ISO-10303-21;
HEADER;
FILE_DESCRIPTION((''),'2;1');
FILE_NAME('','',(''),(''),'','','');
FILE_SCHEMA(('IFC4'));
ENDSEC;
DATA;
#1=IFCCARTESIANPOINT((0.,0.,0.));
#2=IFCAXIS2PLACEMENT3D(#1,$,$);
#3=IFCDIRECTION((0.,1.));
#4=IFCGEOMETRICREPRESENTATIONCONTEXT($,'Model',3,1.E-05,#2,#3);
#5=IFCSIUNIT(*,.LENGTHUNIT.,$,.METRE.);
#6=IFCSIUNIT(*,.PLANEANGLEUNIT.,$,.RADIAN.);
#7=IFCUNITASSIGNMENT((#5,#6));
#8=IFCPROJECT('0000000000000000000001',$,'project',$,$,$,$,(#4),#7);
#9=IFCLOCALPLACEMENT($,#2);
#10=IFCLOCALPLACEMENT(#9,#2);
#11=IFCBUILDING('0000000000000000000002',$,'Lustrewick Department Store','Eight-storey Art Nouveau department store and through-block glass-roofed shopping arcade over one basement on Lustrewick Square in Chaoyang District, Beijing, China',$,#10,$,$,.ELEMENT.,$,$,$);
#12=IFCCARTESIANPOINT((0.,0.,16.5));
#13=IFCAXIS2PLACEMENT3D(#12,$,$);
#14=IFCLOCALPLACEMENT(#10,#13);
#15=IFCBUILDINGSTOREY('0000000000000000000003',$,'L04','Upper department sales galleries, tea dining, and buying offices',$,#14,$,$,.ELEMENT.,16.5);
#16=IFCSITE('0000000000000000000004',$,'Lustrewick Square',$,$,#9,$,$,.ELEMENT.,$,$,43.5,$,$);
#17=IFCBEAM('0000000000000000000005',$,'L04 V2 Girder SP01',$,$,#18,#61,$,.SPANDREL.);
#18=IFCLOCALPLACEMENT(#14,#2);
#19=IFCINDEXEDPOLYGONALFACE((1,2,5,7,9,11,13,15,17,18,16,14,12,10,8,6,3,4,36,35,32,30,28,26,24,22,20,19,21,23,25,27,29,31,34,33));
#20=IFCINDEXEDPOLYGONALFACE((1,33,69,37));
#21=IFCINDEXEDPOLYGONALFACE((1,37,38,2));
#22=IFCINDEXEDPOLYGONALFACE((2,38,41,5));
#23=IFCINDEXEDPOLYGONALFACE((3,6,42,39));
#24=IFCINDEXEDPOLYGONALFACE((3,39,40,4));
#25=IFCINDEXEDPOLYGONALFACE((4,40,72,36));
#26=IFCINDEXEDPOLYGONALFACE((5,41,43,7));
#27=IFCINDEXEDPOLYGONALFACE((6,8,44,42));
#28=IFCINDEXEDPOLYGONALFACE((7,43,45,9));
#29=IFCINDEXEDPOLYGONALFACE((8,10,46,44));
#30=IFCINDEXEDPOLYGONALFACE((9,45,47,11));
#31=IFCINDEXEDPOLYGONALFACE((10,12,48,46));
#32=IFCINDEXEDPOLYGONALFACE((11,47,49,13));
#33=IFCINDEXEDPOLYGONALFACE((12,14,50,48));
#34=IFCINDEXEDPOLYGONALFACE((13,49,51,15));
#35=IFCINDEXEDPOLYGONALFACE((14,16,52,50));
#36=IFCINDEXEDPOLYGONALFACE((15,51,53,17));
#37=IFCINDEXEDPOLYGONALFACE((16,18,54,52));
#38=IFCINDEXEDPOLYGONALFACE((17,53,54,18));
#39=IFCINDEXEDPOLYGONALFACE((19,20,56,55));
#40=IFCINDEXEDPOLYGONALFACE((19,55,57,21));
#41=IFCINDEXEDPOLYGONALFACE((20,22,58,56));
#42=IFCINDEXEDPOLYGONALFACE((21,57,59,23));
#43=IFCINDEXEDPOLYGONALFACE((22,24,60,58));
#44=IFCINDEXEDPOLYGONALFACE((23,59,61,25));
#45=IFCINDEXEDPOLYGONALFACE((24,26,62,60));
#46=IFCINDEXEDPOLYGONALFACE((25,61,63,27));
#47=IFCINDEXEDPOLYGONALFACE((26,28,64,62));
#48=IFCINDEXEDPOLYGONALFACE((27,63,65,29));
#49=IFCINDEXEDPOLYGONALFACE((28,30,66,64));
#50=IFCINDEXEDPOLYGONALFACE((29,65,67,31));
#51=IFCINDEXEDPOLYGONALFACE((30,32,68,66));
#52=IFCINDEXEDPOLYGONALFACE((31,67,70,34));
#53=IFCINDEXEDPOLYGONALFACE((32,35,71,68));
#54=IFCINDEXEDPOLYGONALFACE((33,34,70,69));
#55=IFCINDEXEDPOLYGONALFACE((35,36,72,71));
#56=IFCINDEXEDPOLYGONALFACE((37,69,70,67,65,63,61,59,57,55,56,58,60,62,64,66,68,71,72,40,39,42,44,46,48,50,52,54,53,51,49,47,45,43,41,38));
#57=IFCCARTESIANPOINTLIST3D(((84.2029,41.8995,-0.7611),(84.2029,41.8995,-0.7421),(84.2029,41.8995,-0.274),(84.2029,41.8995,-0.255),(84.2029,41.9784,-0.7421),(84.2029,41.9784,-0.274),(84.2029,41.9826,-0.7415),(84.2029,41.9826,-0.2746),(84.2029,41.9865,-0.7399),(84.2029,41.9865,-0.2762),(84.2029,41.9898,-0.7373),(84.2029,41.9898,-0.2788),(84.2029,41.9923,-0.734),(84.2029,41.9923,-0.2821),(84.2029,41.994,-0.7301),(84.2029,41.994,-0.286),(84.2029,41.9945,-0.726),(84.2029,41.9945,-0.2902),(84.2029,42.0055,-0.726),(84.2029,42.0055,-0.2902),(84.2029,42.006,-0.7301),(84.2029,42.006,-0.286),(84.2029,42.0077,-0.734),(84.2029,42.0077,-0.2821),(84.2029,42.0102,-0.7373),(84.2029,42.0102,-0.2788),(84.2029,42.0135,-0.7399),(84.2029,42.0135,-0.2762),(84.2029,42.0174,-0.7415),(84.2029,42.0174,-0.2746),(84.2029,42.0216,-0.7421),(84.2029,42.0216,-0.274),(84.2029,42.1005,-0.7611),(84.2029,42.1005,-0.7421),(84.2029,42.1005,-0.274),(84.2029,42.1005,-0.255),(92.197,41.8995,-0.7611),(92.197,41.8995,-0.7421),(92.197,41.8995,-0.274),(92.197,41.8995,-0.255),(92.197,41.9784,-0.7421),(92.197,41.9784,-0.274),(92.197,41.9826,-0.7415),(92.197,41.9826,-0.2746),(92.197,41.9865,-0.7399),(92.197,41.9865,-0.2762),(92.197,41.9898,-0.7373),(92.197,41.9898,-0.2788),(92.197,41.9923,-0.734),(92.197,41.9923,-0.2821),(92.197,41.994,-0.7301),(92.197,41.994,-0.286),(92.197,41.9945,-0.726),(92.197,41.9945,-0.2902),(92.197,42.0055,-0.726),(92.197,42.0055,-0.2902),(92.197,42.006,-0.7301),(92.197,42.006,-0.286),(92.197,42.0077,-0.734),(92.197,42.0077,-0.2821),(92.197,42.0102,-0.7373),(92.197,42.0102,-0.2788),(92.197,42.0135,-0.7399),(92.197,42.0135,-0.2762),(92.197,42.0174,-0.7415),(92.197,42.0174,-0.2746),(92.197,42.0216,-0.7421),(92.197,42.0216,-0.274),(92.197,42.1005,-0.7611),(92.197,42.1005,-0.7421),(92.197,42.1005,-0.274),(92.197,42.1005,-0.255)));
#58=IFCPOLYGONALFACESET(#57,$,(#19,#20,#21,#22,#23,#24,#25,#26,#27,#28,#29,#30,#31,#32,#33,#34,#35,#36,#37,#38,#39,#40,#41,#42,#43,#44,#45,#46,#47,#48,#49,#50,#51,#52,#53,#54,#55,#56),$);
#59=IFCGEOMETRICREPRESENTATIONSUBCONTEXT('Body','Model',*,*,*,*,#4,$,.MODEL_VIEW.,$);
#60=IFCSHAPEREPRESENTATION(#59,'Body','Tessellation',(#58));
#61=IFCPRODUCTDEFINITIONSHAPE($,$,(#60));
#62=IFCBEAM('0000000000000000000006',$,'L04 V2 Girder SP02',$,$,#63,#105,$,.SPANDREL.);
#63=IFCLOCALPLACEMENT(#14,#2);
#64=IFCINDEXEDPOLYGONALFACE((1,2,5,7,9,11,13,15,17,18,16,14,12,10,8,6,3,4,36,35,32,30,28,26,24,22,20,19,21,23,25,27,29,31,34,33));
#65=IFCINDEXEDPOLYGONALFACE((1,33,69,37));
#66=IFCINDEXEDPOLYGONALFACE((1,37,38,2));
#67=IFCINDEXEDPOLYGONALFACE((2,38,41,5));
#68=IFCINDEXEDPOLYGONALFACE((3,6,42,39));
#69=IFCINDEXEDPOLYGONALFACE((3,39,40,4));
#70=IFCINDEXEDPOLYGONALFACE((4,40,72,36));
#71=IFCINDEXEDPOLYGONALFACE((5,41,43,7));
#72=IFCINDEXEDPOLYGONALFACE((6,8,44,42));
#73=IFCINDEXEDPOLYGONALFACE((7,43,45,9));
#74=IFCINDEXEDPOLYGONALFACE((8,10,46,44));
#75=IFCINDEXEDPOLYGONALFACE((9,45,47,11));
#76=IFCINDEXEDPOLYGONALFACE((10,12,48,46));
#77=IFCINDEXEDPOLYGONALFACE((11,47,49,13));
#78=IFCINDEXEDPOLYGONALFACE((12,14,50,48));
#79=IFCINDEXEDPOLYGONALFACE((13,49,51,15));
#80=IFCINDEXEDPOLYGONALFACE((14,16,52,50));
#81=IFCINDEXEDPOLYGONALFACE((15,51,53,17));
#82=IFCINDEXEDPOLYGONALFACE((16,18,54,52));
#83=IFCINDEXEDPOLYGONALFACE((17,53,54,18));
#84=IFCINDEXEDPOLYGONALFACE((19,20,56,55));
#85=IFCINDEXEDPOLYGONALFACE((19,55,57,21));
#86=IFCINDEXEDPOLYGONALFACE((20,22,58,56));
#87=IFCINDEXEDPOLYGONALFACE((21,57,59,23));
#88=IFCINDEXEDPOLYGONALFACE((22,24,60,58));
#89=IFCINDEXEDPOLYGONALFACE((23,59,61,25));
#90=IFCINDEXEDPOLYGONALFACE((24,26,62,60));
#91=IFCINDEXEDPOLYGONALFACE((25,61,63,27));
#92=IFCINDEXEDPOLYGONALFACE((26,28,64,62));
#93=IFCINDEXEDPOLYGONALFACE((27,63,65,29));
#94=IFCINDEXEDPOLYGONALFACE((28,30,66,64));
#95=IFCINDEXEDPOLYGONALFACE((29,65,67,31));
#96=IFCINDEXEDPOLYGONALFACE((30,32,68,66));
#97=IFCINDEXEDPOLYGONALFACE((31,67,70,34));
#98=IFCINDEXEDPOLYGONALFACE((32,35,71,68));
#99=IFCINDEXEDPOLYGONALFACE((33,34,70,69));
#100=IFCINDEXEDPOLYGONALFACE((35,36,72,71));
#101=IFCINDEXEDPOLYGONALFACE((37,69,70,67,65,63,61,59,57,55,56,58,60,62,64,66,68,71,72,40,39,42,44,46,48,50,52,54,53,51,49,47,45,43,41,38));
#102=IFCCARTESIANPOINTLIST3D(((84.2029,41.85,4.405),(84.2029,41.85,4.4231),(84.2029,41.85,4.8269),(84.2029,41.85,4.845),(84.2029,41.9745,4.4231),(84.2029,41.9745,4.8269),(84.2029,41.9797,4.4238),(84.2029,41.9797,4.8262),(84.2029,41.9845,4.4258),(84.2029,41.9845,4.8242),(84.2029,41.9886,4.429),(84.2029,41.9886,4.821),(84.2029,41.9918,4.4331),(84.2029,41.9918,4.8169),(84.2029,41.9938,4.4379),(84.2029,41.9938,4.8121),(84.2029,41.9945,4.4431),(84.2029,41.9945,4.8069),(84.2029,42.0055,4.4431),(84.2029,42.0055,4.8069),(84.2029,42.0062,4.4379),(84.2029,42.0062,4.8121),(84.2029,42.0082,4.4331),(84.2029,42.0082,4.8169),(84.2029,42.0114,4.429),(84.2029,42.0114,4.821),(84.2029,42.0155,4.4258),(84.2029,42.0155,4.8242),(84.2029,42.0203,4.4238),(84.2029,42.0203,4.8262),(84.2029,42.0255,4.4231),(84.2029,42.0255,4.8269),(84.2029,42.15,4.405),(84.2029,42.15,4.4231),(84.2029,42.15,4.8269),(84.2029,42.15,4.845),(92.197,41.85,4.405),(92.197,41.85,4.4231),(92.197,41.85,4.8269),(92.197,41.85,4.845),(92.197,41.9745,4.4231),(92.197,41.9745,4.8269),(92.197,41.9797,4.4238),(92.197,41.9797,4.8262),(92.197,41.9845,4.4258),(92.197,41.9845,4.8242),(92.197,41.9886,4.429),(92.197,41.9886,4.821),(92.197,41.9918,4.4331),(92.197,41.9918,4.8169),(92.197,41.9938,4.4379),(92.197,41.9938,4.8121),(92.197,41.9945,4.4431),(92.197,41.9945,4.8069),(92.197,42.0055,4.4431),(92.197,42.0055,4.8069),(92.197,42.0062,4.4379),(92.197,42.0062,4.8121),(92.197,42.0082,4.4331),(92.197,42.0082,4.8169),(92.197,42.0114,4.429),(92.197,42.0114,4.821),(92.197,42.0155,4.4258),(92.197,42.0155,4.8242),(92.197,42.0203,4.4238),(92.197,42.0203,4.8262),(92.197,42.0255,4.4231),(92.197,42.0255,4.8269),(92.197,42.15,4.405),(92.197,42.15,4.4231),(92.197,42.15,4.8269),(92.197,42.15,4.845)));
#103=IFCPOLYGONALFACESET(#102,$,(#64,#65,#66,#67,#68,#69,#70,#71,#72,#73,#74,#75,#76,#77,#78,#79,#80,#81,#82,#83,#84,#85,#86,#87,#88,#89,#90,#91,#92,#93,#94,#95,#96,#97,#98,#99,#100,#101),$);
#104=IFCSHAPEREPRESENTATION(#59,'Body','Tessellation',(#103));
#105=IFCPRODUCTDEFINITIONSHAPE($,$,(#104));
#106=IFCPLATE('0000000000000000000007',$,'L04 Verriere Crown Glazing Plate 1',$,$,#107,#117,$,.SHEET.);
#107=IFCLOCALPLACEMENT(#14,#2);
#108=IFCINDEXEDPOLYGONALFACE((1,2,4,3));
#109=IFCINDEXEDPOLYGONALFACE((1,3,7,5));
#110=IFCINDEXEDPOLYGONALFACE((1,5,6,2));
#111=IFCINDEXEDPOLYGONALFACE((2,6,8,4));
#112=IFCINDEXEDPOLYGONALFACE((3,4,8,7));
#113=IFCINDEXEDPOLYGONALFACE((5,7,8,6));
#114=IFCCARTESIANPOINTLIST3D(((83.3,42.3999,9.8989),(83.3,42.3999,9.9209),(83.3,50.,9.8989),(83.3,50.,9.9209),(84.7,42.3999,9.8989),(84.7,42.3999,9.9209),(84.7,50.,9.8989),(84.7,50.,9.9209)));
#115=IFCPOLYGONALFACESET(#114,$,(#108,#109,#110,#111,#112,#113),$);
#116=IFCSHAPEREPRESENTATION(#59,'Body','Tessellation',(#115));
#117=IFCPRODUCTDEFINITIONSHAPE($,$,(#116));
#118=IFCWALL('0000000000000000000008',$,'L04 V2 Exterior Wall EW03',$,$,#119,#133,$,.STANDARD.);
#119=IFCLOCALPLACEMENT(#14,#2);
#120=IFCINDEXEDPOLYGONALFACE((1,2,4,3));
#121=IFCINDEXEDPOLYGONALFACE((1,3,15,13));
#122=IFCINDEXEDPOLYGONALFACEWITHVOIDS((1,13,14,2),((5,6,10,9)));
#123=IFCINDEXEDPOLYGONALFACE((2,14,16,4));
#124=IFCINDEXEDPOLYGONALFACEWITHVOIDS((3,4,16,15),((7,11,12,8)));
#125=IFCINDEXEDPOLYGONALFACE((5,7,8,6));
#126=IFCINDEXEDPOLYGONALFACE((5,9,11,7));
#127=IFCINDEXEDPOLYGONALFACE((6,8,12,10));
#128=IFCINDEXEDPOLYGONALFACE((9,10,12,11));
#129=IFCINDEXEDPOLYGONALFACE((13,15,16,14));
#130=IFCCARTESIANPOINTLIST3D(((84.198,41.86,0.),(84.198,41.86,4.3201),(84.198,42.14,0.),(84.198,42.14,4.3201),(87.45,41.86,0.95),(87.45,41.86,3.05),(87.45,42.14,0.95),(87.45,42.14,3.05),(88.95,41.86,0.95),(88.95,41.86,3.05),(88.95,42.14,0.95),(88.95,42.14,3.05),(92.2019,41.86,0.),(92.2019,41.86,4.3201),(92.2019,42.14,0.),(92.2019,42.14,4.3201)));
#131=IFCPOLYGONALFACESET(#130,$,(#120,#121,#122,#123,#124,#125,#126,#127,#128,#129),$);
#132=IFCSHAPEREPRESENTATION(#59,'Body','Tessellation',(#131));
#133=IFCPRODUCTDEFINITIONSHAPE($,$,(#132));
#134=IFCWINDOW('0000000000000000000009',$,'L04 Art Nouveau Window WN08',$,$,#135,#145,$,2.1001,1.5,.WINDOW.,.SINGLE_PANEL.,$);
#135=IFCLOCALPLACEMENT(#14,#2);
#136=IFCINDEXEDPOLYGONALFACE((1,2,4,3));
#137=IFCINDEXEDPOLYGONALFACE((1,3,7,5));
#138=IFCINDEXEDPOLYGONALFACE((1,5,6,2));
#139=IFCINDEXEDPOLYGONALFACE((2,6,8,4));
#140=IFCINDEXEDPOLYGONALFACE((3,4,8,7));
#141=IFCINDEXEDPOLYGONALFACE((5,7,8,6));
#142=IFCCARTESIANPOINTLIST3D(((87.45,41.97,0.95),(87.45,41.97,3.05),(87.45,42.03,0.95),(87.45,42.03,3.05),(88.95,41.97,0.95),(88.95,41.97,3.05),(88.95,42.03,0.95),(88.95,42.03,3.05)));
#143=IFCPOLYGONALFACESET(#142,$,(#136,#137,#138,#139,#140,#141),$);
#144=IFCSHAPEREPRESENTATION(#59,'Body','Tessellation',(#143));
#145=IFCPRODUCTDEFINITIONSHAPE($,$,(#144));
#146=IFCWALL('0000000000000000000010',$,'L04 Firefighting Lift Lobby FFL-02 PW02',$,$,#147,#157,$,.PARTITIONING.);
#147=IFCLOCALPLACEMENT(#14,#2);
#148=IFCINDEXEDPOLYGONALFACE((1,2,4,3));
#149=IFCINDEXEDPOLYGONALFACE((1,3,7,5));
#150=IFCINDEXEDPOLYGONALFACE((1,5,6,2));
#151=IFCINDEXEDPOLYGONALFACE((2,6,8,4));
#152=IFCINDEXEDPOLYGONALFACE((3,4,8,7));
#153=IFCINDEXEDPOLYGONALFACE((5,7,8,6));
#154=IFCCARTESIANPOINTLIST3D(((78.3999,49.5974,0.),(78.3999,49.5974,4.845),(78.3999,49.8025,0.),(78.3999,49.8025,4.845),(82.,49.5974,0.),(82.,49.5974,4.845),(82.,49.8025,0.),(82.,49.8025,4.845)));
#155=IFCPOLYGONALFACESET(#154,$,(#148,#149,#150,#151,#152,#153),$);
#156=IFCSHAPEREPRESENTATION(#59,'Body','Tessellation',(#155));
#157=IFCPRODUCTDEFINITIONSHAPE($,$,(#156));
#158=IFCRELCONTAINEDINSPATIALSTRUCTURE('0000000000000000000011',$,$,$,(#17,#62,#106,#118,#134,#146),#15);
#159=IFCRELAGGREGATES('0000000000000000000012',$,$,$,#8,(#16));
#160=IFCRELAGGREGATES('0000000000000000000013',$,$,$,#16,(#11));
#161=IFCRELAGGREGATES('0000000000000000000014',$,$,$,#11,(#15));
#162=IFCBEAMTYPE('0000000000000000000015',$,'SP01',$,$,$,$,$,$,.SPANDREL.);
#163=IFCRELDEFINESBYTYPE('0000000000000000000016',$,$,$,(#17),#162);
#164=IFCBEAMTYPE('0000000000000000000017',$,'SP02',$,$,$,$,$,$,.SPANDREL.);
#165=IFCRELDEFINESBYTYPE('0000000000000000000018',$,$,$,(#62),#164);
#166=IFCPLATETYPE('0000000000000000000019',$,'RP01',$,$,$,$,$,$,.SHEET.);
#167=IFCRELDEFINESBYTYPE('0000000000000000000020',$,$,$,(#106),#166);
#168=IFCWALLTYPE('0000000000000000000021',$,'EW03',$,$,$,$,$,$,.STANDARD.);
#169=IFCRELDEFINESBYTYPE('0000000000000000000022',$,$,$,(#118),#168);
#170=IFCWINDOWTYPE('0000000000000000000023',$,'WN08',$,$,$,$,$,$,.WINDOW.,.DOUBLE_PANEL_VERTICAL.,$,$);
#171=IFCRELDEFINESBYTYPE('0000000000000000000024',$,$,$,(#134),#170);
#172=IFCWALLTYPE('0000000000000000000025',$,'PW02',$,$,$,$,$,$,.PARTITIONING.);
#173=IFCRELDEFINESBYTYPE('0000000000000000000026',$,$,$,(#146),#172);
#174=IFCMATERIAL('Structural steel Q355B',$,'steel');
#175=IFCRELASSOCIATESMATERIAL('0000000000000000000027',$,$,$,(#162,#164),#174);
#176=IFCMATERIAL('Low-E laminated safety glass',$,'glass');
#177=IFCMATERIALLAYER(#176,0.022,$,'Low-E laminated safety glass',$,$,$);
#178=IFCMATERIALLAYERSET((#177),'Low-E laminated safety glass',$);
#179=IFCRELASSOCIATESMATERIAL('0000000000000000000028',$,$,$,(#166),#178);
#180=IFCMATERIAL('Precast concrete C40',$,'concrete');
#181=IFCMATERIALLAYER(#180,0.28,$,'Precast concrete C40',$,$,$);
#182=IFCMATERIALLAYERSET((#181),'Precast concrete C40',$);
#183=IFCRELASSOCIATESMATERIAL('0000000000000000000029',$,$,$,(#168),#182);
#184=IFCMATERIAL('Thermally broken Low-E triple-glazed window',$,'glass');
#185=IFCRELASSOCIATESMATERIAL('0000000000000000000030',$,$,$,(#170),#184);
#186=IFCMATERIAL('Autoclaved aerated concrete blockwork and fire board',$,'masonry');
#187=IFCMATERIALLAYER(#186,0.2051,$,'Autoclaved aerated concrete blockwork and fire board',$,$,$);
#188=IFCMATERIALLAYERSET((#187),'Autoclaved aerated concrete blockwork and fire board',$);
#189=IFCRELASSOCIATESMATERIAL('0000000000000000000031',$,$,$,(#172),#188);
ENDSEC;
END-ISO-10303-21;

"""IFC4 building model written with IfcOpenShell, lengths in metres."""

from ifc_helpers import new_model, si_unit, direction, frame, frame_2d, origin, origin_2d, place, context, subcontext, project, spatial, rectangle, i_section, extrude, material, layer, layer_set, material_profile, profile_set, type_object, element, fill, save


model = new_model("IFC4")

# Units and contexts
model_context = context("Model", 3, precision=1e-05, world=origin(), true_north=direction((0.0, 1.0)))
body_context = subcontext(model_context, "Body", "Model", "MODEL_VIEW")
ifc_project = project(units=[si_unit("LENGTHUNIT", "METRE"), si_unit("PLANEANGLEUNIT", "RADIAN")], contexts=[model_context])

# Site, building, storey
site_placement = place(None, origin())
site = spatial("IfcSite", under=ifc_project, at=site_placement, Name="Lustrewick Square", CompositionType="ELEMENT", RefElevation=43.5)
building_placement = place(site_placement, origin())
building = spatial("IfcBuilding", under=site, at=building_placement, Name="Lustrewick Department Store", Description="Eight-storey Art Nouveau department store and through-block glass-roofed shopping arcade over one basement on Lustrewick Square in Chaoyang District, Beijing, China", CompositionType="ELEMENT")
storey_placement = place(building_placement, frame((0.0, 0.0, 16.5)))
storey = spatial("IfcBuildingStorey", under=building, at=storey_placement, Name="L04", Description="Upper department sales galleries, tea dining, and buying offices", CompositionType="ELEMENT", Elevation=16.5)

# Shared definitions
ifc_material_1 = material(Name="Structural steel Q355B", Category="steel")

# Beams
ifc_material_profile_1 = material_profile(ifc_material_1, i_section(OverallWidth=0.2009, OverallDepth=0.5061, WebThickness=0.011, FlangeThickness=0.019, FilletRadius=0.0161, at=origin_2d()), Name="HN 506x201x11x19")
ifc_profile_set_1 = profile_set([ifc_material_profile_1], Name="Structural steel Q355B")
beam_type_1 = type_object("IfcBeamType", Name="SP01", PredefinedType="SPANDREL", material=ifc_profile_set_1)
beam_1_placement = place(storey_placement, frame((84.2029, 42.0, -0.5081), z_axis=(1.0, 0.0, 0.0), x_axis=(0.0, 1.0, 0.0)))
element("IfcBeam", 1, at=beam_1_placement, inside=storey, type_object=beam_type_1, Name="L04 V2 Girder SP01", PredefinedType="SPANDREL", context=body_context, shape_type="SweptSolid", body=[
    extrude(i_section(OverallWidth=0.2009, OverallDepth=0.5061, WebThickness=0.011, FlangeThickness=0.019, FilletRadius=0.0161, at=origin_2d()), origin(), (0.0, 0.0, 1.0), 7.9941),
])
ifc_material_profile_2 = material_profile(ifc_material_1, i_section(OverallWidth=0.3, OverallDepth=0.4399, WebThickness=0.011, FlangeThickness=0.0181, FilletRadius=0.02, at=origin_2d()), Name="HM 440x300x11x18")
ifc_profile_set_2 = profile_set([ifc_material_profile_2], Name="Structural steel Q355B")
beam_type_2 = type_object("IfcBeamType", Name="SP02", PredefinedType="SPANDREL", material=ifc_profile_set_2)
beam_2_placement = place(storey_placement, frame((84.2029, 42.0, 4.625), z_axis=(1.0, 0.0, 0.0), x_axis=(0.0, 1.0, 0.0)))
element("IfcBeam", 2, at=beam_2_placement, inside=storey, type_object=beam_type_2, Name="L04 V2 Girder SP02", PredefinedType="SPANDREL", context=body_context, shape_type="SweptSolid", body=[
    extrude(i_section(OverallWidth=0.3, OverallDepth=0.4399, WebThickness=0.011, FlangeThickness=0.0181, FilletRadius=0.02, at=origin_2d()), origin(), (0.0, 0.0, 1.0), 7.9941),
])

# Plate
ifc_material_2 = material(Name="Low-E laminated safety glass", Category="glass")
ifc_layer_1 = layer(ifc_material_2, 0.022, Name="Low-E laminated safety glass")
ifc_layer_set_1 = layer_set([ifc_layer_1], Name="Low-E laminated safety glass")
plate_type = type_object("IfcPlateType", Name="RP01", PredefinedType="SHEET", material=ifc_layer_set_1)
plate_placement = place(storey_placement, frame((84.0, 46.2, 9.8989), z_axis=(0.0, 0.0, 1.0), x_axis=(1.0, 0.0, 0.0)))
element("IfcPlate", 3, at=plate_placement, inside=storey, type_object=plate_type, Name="L04 Verriere Crown Glazing Plate 1", PredefinedType="SHEET", context=body_context, shape_type="SweptSolid", body=[
    extrude(rectangle(XDim=1.3999, YDim=7.6001, at=origin_2d()), origin(), (0.0, 0.0, 1.0), 0.022),
])

# Wall, opening, window
ifc_material_3 = material(Name="Precast concrete C40", Category="concrete")
ifc_layer_2 = layer(ifc_material_3, 0.28, Name="Precast concrete C40")
ifc_layer_set_2 = layer_set([ifc_layer_2], Name="Precast concrete C40")
wall_type_1 = type_object("IfcWallType", Name="EW03", PredefinedType="STANDARD", material=ifc_layer_set_2)
wall_1_placement = place(storey_placement, frame((84.198, 42.0, 0.0), z_axis=(0.0, 0.0, 1.0), x_axis=(1.0, 0.0, 0.0)))
wall_1 = element("IfcWall", 4, at=wall_1_placement, inside=storey, type_object=wall_type_1, Name="L04 V2 Exterior Wall EW03", PredefinedType="STANDARD", context=body_context, shape_type="SweptSolid", body=[
    extrude(rectangle(XDim=8.0039, YDim=0.28, at=frame_2d((4.002, 0.0))), origin(), (0.0, 0.0, 1.0), 4.3201),
])
opening_1_placement = place(wall_1_placement, frame((3.252, 0.0, 0.95)))
opening_1 = element("IfcOpeningElement", 5, at=opening_1_placement, cuts=wall_1, PredefinedType="OPENING", context=body_context, shape_type="SweptSolid", body=[
    extrude(rectangle(XDim=1.5, YDim=2.1001, at=frame_2d((0.75, 1.05))), frame((0.0, 0.1499, 0.0), z_axis=(0.0, -1.0, 0.0), x_axis=(1.0, 0.0, 0.0)), (0.0, 0.0, 1.0), 0.3),
])
ifc_material_4 = material(Name="Thermally broken Low-E triple-glazed window", Category="glass")
window_type = type_object("IfcWindowType", Name="WN08", PartitioningType="DOUBLE_PANEL_VERTICAL", PredefinedType="WINDOW", material=ifc_material_4)
window_placement = place(opening_1_placement, origin())
window = element("IfcWindow", 6, at=window_placement, inside=storey, type_object=window_type, Name="L04 Art Nouveau Window WN08", OverallHeight=2.1001, OverallWidth=1.5, PartitioningType="SINGLE_PANEL", PredefinedType="WINDOW", context=body_context, shape_type="SweptSolid", body=[
    extrude(rectangle(XDim=1.5, YDim=2.1001, at=frame_2d((0.75, 1.05))), frame((0.0, 0.03, 0.0), z_axis=(0.0, -1.0, 0.0), x_axis=(1.0, 0.0, 0.0)), (0.0, 0.0, 1.0), 0.0601),
])
fill(opening_1, window)

# Wall
ifc_material_5 = material(Name="Autoclaved aerated concrete blockwork and fire board", Category="masonry")
ifc_layer_3 = layer(ifc_material_5, 0.2051, Name="Autoclaved aerated concrete blockwork and fire board")
ifc_layer_set_3 = layer_set([ifc_layer_3], Name="Autoclaved aerated concrete blockwork and fire board")
wall_type_2 = type_object("IfcWallType", Name="PW02", PredefinedType="PARTITIONING", material=ifc_layer_set_3)
wall_2_placement = place(storey_placement, frame((82.0, 49.7, 0.0), z_axis=(0.0, 0.0, 1.0), x_axis=(-1.0, 0.0, 0.0)))
element("IfcWall", 7, at=wall_2_placement, inside=storey, type_object=wall_type_2, Name="L04 Firefighting Lift Lobby FFL-02 PW02", PredefinedType="PARTITIONING", context=body_context, shape_type="SweptSolid", body=[
    extrude(rectangle(XDim=3.6001, YDim=0.2051, at=frame_2d((1.8, 0.0))), origin(), (0.0, 0.0, 1.0), 4.845),
])

save(model, "model.ifc")
